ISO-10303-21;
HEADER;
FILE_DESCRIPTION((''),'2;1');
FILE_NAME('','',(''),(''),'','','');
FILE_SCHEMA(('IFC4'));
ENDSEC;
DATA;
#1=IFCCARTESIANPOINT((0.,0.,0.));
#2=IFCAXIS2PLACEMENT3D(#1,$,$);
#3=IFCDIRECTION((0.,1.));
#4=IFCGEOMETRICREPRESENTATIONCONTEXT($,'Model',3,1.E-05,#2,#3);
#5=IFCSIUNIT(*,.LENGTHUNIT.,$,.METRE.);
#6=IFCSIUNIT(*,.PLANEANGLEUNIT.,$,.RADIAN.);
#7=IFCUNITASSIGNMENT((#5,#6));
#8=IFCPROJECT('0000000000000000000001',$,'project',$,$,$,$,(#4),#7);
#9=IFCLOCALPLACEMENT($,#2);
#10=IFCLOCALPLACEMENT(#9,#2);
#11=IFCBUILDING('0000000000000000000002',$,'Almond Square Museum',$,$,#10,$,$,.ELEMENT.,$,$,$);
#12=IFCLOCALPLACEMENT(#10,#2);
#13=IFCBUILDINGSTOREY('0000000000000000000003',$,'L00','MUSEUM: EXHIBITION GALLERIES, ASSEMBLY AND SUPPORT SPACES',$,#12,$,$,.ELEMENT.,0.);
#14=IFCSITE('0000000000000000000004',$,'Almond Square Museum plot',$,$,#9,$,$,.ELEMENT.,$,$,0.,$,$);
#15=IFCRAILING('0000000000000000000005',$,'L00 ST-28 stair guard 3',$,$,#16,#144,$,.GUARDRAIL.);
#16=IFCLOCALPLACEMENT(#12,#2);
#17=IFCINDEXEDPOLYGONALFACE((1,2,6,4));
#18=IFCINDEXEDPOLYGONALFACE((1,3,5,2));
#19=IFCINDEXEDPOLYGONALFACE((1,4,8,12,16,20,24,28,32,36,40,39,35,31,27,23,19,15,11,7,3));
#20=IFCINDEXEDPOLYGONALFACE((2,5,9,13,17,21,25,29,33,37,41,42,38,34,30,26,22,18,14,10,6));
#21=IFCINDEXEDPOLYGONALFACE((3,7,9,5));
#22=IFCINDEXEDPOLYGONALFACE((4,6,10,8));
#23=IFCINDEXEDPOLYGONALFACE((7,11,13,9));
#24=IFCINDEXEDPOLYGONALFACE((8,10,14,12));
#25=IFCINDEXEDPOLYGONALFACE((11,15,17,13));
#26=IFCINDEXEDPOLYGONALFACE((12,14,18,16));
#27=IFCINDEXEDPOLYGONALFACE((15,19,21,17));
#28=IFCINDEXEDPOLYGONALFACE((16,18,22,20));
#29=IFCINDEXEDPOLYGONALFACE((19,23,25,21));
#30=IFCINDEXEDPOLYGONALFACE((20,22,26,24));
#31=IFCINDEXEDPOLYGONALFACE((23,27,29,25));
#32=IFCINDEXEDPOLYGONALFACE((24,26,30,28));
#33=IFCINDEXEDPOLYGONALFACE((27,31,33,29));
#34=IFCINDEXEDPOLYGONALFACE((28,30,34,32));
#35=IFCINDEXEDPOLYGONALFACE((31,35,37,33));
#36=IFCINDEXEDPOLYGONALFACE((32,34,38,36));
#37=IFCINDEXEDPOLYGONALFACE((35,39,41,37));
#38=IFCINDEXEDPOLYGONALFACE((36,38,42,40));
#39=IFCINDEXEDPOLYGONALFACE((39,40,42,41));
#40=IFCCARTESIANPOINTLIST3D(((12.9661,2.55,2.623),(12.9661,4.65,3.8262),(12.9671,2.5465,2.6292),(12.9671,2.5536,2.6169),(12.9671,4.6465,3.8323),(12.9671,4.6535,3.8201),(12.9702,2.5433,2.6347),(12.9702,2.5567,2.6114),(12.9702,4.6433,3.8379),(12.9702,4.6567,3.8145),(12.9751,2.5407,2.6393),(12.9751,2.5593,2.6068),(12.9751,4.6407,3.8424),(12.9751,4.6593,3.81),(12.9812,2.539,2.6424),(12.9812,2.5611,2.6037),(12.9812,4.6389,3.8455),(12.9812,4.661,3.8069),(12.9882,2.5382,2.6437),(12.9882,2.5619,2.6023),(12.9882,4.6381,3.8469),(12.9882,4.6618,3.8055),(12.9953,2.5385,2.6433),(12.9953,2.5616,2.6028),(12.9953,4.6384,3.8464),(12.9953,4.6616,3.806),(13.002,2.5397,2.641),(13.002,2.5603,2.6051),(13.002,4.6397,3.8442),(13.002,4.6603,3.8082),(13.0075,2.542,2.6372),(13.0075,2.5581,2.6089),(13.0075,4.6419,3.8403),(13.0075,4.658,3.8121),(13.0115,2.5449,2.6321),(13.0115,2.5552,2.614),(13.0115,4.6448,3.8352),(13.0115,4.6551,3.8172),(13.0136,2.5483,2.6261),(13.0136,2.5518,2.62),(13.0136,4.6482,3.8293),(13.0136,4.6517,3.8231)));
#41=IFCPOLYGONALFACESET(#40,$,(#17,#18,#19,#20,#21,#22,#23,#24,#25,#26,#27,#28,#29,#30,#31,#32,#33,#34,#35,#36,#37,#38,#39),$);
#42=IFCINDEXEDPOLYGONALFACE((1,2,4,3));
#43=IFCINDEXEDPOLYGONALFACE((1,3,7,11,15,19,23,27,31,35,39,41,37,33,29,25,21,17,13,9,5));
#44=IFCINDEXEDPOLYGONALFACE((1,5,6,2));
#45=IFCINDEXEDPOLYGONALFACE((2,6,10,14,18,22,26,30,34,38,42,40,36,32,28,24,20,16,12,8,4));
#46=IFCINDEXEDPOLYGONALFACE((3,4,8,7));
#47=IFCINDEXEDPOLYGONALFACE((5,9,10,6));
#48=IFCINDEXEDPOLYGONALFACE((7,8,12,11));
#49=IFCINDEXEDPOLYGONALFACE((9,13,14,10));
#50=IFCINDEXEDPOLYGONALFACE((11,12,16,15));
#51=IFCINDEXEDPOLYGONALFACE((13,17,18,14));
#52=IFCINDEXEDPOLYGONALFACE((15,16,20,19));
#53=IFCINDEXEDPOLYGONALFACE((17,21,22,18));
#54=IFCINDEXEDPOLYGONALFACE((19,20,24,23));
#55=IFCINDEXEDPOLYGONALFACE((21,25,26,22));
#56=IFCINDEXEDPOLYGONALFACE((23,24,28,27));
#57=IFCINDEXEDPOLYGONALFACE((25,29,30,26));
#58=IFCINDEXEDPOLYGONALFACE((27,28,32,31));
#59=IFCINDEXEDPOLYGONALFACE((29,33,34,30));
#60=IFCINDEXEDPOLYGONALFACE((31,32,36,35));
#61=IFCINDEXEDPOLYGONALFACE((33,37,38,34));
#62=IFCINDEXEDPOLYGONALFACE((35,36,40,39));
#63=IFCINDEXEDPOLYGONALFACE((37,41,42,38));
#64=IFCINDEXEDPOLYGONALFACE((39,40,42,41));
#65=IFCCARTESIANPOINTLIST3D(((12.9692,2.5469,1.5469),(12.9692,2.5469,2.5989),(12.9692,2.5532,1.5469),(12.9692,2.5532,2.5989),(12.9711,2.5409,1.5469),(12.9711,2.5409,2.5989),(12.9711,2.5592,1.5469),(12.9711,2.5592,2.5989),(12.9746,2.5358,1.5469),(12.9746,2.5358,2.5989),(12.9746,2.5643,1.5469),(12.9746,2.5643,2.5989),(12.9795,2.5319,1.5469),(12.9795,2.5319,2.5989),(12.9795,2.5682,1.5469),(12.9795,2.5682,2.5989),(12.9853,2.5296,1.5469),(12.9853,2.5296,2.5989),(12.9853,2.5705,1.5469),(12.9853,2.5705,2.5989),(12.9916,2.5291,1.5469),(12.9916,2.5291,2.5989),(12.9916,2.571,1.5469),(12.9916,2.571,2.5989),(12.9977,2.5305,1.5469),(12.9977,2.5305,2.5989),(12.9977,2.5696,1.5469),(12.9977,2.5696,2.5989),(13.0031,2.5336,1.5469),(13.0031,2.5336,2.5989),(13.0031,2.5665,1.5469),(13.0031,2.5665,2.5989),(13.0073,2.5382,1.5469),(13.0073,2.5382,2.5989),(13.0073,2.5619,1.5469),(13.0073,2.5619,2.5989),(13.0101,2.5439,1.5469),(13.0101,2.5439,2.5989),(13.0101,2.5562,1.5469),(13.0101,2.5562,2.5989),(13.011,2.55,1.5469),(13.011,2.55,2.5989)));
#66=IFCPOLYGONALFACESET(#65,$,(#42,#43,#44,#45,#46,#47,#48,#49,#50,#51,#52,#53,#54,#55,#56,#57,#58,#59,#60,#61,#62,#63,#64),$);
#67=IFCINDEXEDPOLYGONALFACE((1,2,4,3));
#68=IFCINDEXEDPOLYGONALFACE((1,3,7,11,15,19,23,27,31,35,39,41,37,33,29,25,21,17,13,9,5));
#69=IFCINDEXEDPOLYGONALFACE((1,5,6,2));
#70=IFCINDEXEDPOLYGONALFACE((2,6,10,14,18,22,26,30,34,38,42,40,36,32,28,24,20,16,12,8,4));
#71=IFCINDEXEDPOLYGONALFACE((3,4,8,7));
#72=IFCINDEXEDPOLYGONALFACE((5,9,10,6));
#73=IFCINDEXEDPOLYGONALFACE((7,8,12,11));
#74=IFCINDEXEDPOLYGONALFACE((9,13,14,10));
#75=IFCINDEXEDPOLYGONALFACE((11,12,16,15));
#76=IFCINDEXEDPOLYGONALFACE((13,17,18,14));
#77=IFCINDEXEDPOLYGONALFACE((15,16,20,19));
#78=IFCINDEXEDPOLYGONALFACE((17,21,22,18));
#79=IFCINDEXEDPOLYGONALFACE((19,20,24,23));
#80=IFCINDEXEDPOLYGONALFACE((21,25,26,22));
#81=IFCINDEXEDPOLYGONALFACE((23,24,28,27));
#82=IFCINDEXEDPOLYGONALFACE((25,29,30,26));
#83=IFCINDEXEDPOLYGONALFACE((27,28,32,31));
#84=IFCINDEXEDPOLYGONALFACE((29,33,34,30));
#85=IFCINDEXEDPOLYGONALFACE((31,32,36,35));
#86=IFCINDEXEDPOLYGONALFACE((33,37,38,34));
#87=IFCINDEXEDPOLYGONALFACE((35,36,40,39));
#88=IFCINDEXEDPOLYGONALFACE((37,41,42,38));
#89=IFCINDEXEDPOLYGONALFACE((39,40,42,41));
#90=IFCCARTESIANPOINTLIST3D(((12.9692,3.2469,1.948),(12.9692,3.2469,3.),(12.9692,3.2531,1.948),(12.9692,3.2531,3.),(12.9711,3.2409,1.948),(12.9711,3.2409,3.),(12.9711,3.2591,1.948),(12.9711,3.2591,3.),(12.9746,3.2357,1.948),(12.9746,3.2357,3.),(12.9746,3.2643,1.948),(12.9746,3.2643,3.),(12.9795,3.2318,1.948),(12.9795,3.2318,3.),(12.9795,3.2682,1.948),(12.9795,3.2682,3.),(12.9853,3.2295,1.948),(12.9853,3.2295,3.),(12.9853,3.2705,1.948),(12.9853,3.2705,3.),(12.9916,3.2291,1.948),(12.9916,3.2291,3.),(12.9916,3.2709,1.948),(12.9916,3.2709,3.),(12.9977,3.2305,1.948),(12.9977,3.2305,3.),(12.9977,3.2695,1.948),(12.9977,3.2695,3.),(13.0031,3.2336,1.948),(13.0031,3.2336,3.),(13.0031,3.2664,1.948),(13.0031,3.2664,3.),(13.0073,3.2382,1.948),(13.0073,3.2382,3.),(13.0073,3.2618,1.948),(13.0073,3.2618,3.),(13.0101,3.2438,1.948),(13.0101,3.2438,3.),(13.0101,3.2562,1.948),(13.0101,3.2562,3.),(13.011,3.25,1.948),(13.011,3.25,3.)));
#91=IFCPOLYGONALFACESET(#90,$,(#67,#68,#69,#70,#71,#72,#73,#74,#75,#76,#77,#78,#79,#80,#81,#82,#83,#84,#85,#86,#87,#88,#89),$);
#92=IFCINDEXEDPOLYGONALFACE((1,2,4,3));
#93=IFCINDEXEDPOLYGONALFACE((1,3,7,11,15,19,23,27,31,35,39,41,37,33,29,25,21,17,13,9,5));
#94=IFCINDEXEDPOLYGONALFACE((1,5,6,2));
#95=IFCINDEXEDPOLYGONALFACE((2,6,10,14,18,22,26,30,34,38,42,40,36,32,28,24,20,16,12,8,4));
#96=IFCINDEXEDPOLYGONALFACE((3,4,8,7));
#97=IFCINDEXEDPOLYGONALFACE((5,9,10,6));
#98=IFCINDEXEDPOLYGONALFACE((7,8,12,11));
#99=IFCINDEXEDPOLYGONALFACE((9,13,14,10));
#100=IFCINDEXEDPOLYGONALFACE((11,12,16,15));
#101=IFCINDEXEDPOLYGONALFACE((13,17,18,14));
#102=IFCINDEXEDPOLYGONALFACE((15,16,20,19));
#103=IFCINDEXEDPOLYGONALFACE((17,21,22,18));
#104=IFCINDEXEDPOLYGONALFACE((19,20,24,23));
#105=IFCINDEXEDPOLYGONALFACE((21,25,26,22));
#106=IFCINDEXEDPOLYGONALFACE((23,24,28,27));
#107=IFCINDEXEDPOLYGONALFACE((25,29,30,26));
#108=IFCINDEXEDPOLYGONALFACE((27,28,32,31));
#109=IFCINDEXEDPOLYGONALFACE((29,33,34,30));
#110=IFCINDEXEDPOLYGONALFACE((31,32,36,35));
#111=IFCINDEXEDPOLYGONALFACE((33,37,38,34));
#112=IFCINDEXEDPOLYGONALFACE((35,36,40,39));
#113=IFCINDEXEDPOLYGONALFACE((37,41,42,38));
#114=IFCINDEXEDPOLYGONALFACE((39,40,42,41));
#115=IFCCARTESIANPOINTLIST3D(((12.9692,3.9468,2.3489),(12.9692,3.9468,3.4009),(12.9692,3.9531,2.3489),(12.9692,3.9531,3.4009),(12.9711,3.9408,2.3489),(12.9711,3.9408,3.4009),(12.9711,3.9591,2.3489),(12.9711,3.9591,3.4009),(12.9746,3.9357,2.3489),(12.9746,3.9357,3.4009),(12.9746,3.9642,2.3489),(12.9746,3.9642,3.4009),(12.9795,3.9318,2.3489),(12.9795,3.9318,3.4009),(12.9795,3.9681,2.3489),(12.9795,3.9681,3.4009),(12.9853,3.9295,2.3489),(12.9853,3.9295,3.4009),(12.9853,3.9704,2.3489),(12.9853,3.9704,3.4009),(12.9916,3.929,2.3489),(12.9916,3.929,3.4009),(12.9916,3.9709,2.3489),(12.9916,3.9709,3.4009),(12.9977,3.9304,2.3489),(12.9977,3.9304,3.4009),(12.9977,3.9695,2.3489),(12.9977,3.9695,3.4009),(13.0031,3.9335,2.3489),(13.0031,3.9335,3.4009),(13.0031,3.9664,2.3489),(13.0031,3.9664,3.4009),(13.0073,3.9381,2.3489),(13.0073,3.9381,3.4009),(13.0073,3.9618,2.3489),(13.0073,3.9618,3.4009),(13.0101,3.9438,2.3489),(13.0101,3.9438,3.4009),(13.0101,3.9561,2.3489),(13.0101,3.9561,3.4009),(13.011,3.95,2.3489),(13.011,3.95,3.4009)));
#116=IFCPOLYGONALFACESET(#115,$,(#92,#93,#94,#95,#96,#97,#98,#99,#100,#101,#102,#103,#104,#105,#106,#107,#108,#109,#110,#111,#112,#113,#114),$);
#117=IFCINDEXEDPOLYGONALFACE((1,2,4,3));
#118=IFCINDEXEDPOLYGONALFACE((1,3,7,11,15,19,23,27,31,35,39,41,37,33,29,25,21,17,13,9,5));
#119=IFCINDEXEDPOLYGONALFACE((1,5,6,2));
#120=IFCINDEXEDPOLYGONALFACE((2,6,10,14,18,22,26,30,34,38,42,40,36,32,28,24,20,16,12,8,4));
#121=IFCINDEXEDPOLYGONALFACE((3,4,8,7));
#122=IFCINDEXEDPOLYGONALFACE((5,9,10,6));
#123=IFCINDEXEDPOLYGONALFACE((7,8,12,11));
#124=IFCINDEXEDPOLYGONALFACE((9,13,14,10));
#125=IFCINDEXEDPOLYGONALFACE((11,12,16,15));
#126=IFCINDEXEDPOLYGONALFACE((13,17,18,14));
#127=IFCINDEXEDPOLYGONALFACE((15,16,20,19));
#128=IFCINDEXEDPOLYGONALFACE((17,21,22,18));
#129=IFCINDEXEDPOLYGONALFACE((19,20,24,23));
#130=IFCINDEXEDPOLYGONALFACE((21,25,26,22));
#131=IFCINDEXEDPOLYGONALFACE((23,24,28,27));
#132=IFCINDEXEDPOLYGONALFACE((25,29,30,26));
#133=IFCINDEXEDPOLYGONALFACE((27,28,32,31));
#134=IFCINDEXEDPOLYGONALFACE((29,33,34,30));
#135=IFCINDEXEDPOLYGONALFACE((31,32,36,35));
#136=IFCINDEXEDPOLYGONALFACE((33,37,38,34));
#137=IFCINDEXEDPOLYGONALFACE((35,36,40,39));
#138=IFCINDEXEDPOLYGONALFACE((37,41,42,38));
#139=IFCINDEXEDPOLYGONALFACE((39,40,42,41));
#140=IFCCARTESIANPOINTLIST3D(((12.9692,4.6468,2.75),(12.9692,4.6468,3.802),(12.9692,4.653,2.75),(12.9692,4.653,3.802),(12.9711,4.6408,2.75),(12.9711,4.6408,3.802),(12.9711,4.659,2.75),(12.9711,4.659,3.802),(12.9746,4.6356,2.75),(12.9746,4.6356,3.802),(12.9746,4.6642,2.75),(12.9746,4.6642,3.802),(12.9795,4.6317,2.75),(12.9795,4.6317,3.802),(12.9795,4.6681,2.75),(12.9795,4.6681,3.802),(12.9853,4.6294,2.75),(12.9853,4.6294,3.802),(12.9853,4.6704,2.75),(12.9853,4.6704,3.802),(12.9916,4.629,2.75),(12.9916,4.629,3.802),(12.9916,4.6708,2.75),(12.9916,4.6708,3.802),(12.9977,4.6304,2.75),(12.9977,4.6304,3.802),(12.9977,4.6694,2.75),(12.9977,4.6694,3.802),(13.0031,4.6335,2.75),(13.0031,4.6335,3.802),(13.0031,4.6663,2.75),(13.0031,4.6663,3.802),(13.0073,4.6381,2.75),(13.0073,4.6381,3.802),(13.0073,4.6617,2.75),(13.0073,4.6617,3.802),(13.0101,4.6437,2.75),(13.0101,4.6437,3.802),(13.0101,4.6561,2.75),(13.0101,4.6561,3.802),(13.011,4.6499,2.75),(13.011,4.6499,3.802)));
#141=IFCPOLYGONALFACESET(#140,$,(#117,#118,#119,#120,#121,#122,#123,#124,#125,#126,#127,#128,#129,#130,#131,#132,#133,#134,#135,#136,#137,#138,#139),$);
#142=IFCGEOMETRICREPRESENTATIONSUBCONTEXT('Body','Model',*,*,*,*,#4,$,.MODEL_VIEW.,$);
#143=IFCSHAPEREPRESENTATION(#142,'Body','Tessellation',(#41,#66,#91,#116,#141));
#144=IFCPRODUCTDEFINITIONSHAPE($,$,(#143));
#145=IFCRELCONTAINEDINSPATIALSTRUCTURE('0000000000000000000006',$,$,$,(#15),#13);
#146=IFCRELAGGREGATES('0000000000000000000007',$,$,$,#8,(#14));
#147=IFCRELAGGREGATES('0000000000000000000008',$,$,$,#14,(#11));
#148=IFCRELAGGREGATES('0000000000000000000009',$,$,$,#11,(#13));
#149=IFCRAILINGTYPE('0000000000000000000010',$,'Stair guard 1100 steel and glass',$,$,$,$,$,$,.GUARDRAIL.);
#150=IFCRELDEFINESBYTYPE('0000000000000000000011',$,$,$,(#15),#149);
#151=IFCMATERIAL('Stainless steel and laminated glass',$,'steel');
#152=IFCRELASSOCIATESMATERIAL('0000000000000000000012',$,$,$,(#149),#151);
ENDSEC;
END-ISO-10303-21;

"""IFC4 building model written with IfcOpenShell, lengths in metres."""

from ifc_helpers import new_model, si_unit, direction, frame, origin, origin_2d, place, context, subcontext, project, spatial, circle, extrude, material, type_object, element, save


model = new_model("IFC4")

# Units and contexts
model_context = context("Model", 3, precision=1e-05, world=origin(), true_north=direction((0.0, 1.0)))
body_context = subcontext(model_context, "Body", "Model", "MODEL_VIEW")
ifc_project = project(units=[si_unit("LENGTHUNIT", "METRE"), si_unit("PLANEANGLEUNIT", "RADIAN")], contexts=[model_context])

# Site, building, storey
site_placement = place(None, origin())
site = spatial("IfcSite", under=ifc_project, at=site_placement, Name="Almond Square Museum plot", CompositionType="ELEMENT", RefElevation=0.0)
building_placement = place(site_placement, origin())
building = spatial("IfcBuilding", under=site, at=building_placement, Name="Almond Square Museum", CompositionType="ELEMENT")
storey_placement = place(building_placement, origin())
storey = spatial("IfcBuildingStorey", under=building, at=storey_placement, Name="L00", Description="MUSEUM: EXHIBITION GALLERIES, ASSEMBLY AND SUPPORT SPACES", CompositionType="ELEMENT", Elevation=0.0)

# Railing
ifc_material_1 = material(Name="Stainless steel and laminated glass", Category="steel")
railing_type_1 = type_object("IfcRailingType", Name="Stair guard 1100 steel and glass", PredefinedType="GUARDRAIL", material=ifc_material_1)
railing_1_placement = place(storey_placement, frame((12.99, 2.55, 1.5469)))
element("IfcRailing", 1, at=railing_1_placement, inside=storey, type_object=railing_type_1, Name="L00 ST-28 stair guard 3", PredefinedType="GUARDRAIL", context=body_context, shape_type="SweptSolid", body=[
    extrude(circle(Radius=0.0239, at=origin_2d()), frame((0.0, 0.0, 1.0762), z_axis=(0.0, 0.867671, 0.497138), x_axis=(-1.0, 0.0, 0.0)), (0.0, 0.0, 1.0), 2.4202),
    extrude(circle(Radius=0.021, at=origin_2d()), origin(), (0.0, 0.0, 1.0), 1.052),
    extrude(circle(Radius=0.021, at=origin_2d()), frame((0.0, 0.7, 0.4011)), (0.0, 0.0, 1.0), 1.052),
    extrude(circle(Radius=0.021, at=origin_2d()), frame((0.0, 1.3999, 0.802)), (0.0, 0.0, 1.0), 1.052),
    extrude(circle(Radius=0.021, at=origin_2d()), frame((0.0, 2.0999, 1.2031)), (0.0, 0.0, 1.0), 1.052),
])

save(model, "model.ifc")
